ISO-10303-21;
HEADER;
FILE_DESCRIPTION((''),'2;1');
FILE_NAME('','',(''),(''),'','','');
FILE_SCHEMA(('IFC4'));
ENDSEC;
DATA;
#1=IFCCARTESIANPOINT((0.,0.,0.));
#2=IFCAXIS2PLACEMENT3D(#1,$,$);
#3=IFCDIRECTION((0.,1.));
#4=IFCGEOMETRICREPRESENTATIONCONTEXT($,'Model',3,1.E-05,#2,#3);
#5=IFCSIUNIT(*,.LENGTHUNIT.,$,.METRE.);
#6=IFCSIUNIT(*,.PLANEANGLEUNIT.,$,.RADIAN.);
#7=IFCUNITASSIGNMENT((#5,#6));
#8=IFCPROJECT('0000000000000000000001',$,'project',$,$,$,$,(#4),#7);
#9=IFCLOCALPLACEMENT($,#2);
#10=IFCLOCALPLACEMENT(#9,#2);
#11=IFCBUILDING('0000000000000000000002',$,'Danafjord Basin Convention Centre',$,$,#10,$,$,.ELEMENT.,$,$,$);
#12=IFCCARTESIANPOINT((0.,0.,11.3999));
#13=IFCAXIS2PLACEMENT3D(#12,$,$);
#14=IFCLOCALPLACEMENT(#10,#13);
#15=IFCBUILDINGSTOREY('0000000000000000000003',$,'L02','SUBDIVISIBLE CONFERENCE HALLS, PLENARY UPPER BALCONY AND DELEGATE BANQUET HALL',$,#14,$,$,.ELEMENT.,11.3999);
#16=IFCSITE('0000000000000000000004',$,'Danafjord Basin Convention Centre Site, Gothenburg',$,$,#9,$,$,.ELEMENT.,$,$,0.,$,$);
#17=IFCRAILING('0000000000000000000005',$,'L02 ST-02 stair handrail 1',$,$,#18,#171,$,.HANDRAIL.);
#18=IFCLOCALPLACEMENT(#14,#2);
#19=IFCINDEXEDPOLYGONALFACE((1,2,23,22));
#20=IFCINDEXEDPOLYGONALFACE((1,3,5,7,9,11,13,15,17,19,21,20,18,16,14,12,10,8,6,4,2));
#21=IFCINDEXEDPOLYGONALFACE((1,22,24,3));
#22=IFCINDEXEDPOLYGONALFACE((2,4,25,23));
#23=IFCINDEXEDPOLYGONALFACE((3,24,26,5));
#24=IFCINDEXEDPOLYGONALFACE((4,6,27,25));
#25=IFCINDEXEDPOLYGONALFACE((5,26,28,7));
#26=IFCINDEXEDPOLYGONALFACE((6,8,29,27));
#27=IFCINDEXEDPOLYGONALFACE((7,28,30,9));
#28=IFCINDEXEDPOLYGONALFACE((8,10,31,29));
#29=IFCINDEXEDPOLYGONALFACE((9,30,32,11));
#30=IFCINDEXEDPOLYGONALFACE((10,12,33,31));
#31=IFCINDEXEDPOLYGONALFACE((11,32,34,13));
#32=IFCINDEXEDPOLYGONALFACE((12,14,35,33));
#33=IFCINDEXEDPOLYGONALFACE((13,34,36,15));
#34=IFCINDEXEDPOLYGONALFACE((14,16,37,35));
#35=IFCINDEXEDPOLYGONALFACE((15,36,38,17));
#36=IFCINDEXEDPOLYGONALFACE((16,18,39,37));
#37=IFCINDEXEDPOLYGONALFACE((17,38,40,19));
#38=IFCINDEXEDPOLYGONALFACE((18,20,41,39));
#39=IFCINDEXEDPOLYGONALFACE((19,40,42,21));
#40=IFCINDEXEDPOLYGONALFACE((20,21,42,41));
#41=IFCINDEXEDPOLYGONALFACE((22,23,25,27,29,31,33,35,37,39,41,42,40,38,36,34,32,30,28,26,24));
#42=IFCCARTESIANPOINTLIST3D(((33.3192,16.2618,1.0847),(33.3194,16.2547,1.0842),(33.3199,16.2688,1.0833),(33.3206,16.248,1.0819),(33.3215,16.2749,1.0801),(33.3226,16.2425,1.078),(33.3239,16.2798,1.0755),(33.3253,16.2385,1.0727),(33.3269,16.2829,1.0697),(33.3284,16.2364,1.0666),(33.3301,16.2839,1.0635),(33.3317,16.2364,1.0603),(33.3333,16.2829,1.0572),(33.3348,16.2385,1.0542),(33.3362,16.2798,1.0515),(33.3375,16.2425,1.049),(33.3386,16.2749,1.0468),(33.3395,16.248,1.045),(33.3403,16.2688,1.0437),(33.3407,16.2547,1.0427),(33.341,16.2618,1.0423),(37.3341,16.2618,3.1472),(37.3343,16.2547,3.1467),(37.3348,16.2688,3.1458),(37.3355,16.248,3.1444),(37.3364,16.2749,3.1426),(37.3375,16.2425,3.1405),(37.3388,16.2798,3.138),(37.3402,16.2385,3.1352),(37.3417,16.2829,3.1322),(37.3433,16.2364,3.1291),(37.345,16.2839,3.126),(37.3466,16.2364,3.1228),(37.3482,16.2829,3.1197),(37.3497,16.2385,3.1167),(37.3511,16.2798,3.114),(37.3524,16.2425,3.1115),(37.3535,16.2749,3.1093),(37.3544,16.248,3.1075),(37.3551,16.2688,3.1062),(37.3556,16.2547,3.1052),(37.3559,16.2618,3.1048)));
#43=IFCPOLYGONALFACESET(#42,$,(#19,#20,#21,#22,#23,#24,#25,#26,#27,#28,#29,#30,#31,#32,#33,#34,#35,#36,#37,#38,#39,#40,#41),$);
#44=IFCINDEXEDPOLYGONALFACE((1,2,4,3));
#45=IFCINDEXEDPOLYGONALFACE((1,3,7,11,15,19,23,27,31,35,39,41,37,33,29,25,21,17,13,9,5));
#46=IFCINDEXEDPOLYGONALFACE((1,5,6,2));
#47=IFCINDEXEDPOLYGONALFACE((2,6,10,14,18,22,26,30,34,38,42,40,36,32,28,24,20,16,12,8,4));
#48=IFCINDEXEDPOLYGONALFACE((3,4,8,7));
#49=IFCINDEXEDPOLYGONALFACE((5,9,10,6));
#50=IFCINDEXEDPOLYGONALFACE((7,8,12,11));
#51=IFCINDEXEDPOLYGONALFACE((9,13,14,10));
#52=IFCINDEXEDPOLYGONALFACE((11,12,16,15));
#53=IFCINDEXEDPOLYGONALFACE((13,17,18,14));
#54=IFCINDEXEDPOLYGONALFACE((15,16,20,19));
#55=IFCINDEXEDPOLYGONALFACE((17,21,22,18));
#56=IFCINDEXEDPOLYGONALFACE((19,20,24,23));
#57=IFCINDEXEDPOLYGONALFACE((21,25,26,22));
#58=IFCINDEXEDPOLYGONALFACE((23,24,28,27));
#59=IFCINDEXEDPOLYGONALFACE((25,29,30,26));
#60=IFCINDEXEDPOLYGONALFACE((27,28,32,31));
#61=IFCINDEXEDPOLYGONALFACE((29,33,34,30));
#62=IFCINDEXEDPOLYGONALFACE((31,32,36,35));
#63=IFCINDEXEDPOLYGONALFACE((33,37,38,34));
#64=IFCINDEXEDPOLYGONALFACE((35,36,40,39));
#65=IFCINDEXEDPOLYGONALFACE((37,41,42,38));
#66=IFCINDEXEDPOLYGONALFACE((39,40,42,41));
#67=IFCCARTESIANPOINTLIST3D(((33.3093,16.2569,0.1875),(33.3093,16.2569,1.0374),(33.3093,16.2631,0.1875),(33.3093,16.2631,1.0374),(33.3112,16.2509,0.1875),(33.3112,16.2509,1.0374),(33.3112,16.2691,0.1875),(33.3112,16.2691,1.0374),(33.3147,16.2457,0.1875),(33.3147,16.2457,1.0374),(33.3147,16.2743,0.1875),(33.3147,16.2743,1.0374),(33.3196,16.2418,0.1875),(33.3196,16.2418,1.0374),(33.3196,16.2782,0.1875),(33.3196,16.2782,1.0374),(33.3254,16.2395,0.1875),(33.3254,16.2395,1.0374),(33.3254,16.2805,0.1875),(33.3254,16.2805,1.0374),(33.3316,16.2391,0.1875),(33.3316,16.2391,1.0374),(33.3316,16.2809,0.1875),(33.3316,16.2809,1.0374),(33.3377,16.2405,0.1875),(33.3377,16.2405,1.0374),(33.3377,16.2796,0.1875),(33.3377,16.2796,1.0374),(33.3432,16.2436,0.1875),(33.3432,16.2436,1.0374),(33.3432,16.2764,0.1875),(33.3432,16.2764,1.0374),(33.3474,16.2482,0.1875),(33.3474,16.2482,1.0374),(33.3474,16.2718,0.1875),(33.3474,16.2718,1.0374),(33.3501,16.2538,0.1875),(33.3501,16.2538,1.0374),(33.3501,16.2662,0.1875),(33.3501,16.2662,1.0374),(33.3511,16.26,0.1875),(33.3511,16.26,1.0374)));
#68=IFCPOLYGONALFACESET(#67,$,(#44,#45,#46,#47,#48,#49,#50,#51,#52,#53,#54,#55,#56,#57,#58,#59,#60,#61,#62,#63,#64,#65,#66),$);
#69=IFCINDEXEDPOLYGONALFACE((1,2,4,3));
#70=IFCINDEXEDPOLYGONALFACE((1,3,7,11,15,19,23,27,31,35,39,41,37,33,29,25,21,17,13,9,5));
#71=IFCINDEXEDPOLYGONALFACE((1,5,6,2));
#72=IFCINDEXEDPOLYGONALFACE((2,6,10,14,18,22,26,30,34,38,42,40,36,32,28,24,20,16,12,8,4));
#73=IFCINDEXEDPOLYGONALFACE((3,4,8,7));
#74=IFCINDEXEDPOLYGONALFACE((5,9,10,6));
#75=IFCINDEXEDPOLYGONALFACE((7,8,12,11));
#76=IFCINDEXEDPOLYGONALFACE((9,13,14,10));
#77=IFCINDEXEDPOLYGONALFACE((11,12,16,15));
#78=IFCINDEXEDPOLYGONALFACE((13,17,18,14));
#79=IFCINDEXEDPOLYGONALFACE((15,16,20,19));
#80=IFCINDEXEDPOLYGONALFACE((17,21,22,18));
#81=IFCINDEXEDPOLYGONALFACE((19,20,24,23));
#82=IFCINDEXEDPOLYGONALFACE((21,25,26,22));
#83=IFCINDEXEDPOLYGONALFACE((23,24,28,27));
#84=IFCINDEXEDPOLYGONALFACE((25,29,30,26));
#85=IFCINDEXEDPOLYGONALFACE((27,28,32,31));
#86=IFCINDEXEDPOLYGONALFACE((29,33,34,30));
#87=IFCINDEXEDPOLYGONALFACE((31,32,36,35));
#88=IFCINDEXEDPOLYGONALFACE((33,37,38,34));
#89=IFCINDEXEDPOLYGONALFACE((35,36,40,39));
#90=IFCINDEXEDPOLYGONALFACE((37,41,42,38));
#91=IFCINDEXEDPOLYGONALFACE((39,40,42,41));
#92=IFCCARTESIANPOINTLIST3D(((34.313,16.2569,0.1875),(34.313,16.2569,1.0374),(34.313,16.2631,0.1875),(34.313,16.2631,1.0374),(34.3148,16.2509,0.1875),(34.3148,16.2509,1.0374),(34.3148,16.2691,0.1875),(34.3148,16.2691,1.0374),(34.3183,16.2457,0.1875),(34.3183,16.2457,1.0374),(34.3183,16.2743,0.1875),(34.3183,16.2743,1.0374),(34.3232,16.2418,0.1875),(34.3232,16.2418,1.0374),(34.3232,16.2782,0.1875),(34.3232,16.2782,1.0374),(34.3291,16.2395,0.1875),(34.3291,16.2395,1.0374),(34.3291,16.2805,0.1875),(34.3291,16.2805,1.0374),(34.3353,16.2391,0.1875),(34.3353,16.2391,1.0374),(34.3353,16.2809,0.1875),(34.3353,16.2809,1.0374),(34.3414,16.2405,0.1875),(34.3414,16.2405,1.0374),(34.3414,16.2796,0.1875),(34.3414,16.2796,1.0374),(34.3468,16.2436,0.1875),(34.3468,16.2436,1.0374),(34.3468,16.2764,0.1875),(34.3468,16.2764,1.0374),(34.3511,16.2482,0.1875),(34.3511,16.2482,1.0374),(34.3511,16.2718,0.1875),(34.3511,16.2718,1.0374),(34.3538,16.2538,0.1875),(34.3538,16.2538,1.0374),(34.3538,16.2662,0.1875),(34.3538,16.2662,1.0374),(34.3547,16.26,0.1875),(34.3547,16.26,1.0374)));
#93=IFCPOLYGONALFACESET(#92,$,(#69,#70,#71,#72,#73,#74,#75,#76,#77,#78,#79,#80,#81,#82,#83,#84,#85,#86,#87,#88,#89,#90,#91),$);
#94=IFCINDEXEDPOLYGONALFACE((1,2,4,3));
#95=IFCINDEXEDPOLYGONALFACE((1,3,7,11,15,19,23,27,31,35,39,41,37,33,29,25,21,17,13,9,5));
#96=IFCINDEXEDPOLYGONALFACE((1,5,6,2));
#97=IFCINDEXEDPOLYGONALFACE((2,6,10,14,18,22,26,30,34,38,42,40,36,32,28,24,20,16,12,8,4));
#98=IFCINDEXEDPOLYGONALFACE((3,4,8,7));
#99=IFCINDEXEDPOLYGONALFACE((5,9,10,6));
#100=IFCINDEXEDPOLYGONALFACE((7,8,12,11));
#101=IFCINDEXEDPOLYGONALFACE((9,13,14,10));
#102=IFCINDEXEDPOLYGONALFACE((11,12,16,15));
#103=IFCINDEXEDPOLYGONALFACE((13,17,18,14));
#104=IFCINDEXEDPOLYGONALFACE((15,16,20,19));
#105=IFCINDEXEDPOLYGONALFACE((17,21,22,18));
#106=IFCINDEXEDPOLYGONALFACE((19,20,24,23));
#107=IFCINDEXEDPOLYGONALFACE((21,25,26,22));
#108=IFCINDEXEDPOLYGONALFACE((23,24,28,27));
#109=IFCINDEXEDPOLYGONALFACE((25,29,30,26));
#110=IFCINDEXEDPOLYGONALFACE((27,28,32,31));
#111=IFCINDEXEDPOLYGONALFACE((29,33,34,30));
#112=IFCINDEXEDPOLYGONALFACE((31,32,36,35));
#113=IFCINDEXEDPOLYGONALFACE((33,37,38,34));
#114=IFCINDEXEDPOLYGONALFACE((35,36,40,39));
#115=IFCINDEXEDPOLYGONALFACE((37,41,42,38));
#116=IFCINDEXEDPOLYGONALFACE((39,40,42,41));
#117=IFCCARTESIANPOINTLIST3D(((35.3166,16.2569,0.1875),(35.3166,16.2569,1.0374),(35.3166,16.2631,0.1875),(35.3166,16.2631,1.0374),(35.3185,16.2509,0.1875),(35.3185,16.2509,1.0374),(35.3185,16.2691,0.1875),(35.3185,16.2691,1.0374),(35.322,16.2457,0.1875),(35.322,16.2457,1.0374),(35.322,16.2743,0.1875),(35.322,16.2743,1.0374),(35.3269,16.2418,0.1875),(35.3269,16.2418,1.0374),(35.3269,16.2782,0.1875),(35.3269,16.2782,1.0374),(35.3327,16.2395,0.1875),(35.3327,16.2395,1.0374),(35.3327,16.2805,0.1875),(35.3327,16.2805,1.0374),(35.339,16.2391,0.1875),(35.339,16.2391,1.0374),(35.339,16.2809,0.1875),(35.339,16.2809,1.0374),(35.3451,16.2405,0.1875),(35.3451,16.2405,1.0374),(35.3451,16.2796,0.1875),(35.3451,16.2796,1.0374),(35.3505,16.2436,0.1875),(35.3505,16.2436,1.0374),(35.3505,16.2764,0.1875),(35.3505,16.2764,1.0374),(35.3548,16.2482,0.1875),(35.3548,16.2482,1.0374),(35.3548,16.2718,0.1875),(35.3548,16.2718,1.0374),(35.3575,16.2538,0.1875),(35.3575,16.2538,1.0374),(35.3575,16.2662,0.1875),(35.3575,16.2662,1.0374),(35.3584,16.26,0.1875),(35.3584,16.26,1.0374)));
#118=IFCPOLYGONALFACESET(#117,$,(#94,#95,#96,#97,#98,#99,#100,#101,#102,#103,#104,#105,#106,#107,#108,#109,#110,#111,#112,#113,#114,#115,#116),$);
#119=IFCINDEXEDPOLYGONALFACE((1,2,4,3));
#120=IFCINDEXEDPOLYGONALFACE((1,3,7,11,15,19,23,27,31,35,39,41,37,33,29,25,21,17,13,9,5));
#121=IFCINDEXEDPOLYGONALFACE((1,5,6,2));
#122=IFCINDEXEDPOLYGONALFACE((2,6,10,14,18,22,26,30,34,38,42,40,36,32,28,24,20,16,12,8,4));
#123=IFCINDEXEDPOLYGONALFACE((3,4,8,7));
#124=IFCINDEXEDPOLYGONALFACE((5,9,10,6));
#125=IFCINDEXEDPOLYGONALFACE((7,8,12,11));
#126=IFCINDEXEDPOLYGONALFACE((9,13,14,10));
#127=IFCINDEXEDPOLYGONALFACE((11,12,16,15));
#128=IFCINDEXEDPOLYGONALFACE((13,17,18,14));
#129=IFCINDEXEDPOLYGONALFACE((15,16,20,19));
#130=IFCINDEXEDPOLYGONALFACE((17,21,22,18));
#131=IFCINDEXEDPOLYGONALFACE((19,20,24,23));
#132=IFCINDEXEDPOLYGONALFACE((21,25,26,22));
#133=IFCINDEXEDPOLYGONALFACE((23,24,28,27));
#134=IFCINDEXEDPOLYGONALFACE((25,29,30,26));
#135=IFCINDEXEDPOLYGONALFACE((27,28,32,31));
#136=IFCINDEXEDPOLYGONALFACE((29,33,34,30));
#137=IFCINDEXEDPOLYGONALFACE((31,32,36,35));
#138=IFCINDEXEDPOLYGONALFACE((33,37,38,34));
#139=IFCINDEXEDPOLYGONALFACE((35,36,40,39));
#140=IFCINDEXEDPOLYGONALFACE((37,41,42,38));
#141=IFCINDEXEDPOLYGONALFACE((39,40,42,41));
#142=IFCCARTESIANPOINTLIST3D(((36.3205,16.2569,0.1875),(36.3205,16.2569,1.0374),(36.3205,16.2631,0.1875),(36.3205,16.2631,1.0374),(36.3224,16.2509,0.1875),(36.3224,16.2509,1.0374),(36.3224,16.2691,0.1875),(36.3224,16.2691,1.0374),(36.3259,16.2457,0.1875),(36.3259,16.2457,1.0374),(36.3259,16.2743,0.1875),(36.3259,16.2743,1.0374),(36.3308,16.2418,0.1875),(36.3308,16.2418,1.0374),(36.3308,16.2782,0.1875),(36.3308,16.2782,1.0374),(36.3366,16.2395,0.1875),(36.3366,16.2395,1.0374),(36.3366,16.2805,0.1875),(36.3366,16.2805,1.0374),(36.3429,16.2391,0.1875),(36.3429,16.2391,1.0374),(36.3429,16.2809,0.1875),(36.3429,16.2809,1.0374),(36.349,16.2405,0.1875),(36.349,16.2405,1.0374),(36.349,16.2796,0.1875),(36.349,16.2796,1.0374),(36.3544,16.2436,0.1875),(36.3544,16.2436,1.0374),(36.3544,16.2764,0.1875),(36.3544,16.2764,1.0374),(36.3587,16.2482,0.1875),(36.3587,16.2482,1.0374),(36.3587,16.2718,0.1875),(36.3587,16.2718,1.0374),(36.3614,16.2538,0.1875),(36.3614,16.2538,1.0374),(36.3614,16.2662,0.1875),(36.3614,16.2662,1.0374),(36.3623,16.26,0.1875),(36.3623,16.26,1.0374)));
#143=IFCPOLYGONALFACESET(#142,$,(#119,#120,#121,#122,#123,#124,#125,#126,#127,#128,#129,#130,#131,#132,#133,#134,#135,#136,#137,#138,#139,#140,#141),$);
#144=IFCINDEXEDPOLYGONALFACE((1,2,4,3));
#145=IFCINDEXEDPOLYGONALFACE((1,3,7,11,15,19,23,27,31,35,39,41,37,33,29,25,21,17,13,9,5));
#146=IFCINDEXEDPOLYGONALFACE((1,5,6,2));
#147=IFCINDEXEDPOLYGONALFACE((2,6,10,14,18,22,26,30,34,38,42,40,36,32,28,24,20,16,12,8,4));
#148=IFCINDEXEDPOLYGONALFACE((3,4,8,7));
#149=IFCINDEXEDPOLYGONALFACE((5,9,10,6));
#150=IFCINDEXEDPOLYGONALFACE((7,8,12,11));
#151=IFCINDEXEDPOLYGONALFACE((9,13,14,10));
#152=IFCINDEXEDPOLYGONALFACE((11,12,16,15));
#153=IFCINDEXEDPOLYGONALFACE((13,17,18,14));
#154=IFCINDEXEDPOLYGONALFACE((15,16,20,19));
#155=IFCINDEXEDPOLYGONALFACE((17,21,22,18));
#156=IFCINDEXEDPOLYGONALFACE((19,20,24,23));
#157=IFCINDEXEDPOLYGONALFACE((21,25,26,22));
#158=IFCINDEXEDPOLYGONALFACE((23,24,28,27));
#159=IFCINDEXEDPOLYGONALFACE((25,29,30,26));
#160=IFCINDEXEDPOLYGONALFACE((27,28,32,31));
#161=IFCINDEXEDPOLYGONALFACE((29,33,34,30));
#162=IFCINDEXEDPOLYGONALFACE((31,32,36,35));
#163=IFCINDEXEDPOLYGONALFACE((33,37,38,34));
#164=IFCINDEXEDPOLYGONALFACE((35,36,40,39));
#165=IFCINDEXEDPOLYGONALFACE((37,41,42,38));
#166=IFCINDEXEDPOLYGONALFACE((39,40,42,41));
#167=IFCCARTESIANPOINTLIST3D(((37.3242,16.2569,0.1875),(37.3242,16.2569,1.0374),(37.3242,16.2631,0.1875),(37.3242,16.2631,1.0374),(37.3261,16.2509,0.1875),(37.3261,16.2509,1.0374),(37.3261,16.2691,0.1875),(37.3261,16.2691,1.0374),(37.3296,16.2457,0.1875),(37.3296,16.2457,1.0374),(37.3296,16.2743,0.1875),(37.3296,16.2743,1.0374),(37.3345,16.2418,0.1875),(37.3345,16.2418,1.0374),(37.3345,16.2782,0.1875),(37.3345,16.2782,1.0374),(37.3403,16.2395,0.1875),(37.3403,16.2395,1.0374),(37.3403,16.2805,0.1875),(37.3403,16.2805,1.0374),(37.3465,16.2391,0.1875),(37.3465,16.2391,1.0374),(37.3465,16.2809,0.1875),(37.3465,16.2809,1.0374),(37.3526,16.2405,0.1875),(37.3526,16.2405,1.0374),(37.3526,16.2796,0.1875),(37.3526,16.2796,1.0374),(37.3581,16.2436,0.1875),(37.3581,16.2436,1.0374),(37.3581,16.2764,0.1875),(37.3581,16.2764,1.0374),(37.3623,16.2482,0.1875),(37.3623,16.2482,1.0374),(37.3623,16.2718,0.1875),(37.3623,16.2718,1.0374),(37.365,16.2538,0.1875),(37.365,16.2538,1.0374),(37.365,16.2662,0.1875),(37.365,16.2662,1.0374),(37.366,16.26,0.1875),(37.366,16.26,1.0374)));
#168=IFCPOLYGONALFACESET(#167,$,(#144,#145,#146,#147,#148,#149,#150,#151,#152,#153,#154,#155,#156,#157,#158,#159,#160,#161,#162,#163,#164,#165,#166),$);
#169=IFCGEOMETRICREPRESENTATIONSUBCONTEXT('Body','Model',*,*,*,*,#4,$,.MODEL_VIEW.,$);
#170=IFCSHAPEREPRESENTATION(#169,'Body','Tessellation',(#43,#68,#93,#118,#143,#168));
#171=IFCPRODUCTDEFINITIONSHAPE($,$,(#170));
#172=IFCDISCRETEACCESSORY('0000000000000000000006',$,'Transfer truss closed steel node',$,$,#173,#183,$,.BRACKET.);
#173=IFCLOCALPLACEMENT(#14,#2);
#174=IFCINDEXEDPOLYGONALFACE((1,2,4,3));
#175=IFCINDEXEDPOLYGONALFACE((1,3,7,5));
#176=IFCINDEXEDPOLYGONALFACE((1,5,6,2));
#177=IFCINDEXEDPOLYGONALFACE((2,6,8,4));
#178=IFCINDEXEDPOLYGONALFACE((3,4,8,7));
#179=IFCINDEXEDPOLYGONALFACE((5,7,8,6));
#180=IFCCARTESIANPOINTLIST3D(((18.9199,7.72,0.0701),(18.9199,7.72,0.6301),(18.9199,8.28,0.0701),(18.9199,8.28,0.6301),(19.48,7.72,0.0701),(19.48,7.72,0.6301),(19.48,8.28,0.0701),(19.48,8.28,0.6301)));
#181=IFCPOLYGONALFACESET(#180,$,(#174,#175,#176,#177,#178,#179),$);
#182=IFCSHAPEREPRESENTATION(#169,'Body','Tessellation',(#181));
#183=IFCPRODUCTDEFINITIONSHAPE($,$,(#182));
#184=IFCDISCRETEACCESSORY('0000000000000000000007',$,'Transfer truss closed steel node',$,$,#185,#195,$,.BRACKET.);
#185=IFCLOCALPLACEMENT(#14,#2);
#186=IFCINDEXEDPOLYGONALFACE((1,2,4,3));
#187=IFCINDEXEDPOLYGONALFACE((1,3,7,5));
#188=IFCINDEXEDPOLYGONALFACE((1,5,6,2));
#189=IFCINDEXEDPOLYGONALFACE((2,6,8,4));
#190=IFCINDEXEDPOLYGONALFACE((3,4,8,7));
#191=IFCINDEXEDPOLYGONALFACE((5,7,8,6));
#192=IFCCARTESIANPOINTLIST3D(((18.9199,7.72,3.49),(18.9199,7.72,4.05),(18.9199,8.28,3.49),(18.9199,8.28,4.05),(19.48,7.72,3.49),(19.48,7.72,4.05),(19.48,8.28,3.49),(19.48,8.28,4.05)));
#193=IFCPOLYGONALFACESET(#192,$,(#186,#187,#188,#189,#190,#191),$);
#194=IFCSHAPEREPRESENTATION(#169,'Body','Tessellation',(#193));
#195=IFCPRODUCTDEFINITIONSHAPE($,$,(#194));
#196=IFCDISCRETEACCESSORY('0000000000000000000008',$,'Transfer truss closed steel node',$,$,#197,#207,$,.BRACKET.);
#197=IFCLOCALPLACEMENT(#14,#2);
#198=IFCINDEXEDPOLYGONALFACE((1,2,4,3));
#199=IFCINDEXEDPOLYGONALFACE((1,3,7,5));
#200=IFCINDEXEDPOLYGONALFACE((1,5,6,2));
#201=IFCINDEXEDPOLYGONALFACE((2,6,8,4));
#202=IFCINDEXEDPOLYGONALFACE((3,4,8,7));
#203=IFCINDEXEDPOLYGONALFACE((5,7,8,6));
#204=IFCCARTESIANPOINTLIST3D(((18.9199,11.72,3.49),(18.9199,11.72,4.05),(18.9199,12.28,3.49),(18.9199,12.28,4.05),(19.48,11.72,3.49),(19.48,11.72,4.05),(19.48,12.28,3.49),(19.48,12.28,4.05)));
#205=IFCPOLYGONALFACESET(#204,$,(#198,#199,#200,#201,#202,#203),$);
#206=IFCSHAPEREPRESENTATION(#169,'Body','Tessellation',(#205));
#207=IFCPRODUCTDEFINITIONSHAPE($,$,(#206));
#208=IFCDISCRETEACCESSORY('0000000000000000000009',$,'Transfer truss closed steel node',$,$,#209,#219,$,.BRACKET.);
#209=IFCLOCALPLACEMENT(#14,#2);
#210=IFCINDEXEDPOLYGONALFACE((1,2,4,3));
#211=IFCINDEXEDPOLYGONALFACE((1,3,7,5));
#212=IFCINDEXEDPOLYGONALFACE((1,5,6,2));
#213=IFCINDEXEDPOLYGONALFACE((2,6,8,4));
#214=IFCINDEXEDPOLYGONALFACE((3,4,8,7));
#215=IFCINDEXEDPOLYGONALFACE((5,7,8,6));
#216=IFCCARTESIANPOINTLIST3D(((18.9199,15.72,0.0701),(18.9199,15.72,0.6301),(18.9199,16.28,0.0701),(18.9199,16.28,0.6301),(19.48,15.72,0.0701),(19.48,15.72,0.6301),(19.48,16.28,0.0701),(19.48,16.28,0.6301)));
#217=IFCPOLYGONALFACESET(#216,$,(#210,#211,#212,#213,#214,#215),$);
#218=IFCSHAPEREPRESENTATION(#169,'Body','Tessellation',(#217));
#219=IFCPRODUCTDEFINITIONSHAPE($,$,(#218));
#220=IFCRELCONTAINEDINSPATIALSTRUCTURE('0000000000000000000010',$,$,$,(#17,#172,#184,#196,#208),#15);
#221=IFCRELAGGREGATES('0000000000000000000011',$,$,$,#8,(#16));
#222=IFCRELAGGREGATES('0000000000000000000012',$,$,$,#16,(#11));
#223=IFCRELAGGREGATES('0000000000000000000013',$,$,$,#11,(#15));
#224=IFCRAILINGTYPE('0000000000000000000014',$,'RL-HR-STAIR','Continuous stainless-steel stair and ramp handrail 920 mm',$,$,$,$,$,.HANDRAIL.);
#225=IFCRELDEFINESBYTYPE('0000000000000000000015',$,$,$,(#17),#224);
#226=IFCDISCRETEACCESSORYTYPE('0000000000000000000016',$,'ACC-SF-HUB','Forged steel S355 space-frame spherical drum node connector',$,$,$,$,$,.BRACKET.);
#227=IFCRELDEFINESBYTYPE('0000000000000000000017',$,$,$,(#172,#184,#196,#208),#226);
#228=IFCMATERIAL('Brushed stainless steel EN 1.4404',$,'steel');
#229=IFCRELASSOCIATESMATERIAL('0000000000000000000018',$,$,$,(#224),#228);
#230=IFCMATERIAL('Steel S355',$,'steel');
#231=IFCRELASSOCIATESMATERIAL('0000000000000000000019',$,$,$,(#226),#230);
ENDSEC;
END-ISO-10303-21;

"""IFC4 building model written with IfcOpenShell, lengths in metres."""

from ifc_helpers import new_model, si_unit, direction, frame, origin, origin_2d, place, context, subcontext, project, spatial, rectangle, circle, extrude, material, type_object, element, save


model = new_model("IFC4")

# Units and contexts
model_context = context("Model", 3, precision=1e-05, world=origin(), true_north=direction((0.0, 1.0)))
body_context = subcontext(model_context, "Body", "Model", "MODEL_VIEW")
ifc_project = project(units=[si_unit("LENGTHUNIT", "METRE"), si_unit("PLANEANGLEUNIT", "RADIAN")], contexts=[model_context])

# Site, building, storey
site_placement = place(None, origin())
site = spatial("IfcSite", under=ifc_project, at=site_placement, Name="Danafjord Basin Convention Centre Site, Gothenburg", CompositionType="ELEMENT", RefElevation=0.0)
building_placement = place(site_placement, origin())
building = spatial("IfcBuilding", under=site, at=building_placement, Name="Danafjord Basin Convention Centre", CompositionType="ELEMENT")
storey_placement = place(building_placement, frame((0.0, 0.0, 11.3999)))
storey = spatial("IfcBuildingStorey", under=building, at=storey_placement, Name="L02", Description="SUBDIVISIBLE CONFERENCE HALLS, PLENARY UPPER BALCONY AND DELEGATE BANQUET HALL", CompositionType="ELEMENT", Elevation=11.3999)

# Shared definitions
ifc_material_1 = material(Name="Steel S355", Category="steel")

# Railing
ifc_material_2 = material(Name="Brushed stainless steel EN 1.4404", Category="steel")
railing_type_1 = type_object("IfcRailingType", Name="RL-HR-STAIR", Description="Continuous stainless-steel stair and ramp handrail 920 mm", PredefinedType="HANDRAIL", material=ifc_material_2)
railing_1_placement = place(storey_placement, frame((33.3301, 16.26, 0.1875)))
element("IfcRailing", 1, at=railing_1_placement, inside=storey, type_object=railing_type_1, Name="L02 ST-02 stair handrail 1", PredefinedType="HANDRAIL", context=body_context, shape_type="SweptSolid", body=[
    extrude(circle(Radius=0.0239, at=origin_2d()), frame((0.0, 0.0, 0.876), z_axis=(0.889495, 0.0, 0.456945), x_axis=(0.0, 1.0, 0.0)), (0.0, 0.0, 1.0), 4.5137),
    extrude(circle(Radius=0.021, at=origin_2d()), origin(), (0.0, 0.0, 1.0), 0.8499),
    extrude(circle(Radius=0.021, at=origin_2d()), frame((1.0037, 0.0, 0.0)), (0.0, 0.0, 1.0), 0.8499),
    extrude(circle(Radius=0.021, at=origin_2d()), frame((2.0073, 0.0, 0.0)), (0.0, 0.0, 1.0), 0.8499),
    extrude(circle(Radius=0.021, at=origin_2d()), frame((3.0112, 0.0, 0.0)), (0.0, 0.0, 1.0), 0.8499),
    extrude(circle(Radius=0.021, at=origin_2d()), frame((4.0149, 0.0, 0.0)), (0.0, 0.0, 1.0), 0.8499),
])

# Discrete accessories
discrete_accessory_type = type_object("IfcDiscreteAccessoryType", Name="ACC-SF-HUB", Description="Forged steel S355 space-frame spherical drum node connector", PredefinedType="BRACKET", material=ifc_material_1)
for number, where, z_axis, x_axis, name in (
    (2, (19.2, 8.0, 0.0701), (0.0, 0.0, 1.0), (1.0, 0.0, 0.0), "Transfer truss closed steel node"),
    (3, (19.2, 8.0, 3.49), (0.0, 0.0, 1.0), (1.0, 0.0, 0.0), "Transfer truss closed steel node"),
    (4, (19.2, 12.0, 3.49), (0.0, 0.0, 1.0), (1.0, 0.0, 0.0), "Transfer truss closed steel node"),
    (5, (19.2, 16.0, 0.0701), (0.0, 0.0, 1.0), (1.0, 0.0, 0.0), "Transfer truss closed steel node"),
):
    element("IfcDiscreteAccessory", number, at=place(storey_placement, frame(where, z_axis=z_axis, x_axis=x_axis)), inside=storey, type_object=discrete_accessory_type, Name=name, PredefinedType="BRACKET", context=body_context, shape_type="SweptSolid", body=[
        extrude(rectangle(XDim=0.5601, YDim=0.5601, at=origin_2d()), origin(), (0.0, 0.0, 1.0), 0.5601),
    ])

save(model, "model.ifc")
